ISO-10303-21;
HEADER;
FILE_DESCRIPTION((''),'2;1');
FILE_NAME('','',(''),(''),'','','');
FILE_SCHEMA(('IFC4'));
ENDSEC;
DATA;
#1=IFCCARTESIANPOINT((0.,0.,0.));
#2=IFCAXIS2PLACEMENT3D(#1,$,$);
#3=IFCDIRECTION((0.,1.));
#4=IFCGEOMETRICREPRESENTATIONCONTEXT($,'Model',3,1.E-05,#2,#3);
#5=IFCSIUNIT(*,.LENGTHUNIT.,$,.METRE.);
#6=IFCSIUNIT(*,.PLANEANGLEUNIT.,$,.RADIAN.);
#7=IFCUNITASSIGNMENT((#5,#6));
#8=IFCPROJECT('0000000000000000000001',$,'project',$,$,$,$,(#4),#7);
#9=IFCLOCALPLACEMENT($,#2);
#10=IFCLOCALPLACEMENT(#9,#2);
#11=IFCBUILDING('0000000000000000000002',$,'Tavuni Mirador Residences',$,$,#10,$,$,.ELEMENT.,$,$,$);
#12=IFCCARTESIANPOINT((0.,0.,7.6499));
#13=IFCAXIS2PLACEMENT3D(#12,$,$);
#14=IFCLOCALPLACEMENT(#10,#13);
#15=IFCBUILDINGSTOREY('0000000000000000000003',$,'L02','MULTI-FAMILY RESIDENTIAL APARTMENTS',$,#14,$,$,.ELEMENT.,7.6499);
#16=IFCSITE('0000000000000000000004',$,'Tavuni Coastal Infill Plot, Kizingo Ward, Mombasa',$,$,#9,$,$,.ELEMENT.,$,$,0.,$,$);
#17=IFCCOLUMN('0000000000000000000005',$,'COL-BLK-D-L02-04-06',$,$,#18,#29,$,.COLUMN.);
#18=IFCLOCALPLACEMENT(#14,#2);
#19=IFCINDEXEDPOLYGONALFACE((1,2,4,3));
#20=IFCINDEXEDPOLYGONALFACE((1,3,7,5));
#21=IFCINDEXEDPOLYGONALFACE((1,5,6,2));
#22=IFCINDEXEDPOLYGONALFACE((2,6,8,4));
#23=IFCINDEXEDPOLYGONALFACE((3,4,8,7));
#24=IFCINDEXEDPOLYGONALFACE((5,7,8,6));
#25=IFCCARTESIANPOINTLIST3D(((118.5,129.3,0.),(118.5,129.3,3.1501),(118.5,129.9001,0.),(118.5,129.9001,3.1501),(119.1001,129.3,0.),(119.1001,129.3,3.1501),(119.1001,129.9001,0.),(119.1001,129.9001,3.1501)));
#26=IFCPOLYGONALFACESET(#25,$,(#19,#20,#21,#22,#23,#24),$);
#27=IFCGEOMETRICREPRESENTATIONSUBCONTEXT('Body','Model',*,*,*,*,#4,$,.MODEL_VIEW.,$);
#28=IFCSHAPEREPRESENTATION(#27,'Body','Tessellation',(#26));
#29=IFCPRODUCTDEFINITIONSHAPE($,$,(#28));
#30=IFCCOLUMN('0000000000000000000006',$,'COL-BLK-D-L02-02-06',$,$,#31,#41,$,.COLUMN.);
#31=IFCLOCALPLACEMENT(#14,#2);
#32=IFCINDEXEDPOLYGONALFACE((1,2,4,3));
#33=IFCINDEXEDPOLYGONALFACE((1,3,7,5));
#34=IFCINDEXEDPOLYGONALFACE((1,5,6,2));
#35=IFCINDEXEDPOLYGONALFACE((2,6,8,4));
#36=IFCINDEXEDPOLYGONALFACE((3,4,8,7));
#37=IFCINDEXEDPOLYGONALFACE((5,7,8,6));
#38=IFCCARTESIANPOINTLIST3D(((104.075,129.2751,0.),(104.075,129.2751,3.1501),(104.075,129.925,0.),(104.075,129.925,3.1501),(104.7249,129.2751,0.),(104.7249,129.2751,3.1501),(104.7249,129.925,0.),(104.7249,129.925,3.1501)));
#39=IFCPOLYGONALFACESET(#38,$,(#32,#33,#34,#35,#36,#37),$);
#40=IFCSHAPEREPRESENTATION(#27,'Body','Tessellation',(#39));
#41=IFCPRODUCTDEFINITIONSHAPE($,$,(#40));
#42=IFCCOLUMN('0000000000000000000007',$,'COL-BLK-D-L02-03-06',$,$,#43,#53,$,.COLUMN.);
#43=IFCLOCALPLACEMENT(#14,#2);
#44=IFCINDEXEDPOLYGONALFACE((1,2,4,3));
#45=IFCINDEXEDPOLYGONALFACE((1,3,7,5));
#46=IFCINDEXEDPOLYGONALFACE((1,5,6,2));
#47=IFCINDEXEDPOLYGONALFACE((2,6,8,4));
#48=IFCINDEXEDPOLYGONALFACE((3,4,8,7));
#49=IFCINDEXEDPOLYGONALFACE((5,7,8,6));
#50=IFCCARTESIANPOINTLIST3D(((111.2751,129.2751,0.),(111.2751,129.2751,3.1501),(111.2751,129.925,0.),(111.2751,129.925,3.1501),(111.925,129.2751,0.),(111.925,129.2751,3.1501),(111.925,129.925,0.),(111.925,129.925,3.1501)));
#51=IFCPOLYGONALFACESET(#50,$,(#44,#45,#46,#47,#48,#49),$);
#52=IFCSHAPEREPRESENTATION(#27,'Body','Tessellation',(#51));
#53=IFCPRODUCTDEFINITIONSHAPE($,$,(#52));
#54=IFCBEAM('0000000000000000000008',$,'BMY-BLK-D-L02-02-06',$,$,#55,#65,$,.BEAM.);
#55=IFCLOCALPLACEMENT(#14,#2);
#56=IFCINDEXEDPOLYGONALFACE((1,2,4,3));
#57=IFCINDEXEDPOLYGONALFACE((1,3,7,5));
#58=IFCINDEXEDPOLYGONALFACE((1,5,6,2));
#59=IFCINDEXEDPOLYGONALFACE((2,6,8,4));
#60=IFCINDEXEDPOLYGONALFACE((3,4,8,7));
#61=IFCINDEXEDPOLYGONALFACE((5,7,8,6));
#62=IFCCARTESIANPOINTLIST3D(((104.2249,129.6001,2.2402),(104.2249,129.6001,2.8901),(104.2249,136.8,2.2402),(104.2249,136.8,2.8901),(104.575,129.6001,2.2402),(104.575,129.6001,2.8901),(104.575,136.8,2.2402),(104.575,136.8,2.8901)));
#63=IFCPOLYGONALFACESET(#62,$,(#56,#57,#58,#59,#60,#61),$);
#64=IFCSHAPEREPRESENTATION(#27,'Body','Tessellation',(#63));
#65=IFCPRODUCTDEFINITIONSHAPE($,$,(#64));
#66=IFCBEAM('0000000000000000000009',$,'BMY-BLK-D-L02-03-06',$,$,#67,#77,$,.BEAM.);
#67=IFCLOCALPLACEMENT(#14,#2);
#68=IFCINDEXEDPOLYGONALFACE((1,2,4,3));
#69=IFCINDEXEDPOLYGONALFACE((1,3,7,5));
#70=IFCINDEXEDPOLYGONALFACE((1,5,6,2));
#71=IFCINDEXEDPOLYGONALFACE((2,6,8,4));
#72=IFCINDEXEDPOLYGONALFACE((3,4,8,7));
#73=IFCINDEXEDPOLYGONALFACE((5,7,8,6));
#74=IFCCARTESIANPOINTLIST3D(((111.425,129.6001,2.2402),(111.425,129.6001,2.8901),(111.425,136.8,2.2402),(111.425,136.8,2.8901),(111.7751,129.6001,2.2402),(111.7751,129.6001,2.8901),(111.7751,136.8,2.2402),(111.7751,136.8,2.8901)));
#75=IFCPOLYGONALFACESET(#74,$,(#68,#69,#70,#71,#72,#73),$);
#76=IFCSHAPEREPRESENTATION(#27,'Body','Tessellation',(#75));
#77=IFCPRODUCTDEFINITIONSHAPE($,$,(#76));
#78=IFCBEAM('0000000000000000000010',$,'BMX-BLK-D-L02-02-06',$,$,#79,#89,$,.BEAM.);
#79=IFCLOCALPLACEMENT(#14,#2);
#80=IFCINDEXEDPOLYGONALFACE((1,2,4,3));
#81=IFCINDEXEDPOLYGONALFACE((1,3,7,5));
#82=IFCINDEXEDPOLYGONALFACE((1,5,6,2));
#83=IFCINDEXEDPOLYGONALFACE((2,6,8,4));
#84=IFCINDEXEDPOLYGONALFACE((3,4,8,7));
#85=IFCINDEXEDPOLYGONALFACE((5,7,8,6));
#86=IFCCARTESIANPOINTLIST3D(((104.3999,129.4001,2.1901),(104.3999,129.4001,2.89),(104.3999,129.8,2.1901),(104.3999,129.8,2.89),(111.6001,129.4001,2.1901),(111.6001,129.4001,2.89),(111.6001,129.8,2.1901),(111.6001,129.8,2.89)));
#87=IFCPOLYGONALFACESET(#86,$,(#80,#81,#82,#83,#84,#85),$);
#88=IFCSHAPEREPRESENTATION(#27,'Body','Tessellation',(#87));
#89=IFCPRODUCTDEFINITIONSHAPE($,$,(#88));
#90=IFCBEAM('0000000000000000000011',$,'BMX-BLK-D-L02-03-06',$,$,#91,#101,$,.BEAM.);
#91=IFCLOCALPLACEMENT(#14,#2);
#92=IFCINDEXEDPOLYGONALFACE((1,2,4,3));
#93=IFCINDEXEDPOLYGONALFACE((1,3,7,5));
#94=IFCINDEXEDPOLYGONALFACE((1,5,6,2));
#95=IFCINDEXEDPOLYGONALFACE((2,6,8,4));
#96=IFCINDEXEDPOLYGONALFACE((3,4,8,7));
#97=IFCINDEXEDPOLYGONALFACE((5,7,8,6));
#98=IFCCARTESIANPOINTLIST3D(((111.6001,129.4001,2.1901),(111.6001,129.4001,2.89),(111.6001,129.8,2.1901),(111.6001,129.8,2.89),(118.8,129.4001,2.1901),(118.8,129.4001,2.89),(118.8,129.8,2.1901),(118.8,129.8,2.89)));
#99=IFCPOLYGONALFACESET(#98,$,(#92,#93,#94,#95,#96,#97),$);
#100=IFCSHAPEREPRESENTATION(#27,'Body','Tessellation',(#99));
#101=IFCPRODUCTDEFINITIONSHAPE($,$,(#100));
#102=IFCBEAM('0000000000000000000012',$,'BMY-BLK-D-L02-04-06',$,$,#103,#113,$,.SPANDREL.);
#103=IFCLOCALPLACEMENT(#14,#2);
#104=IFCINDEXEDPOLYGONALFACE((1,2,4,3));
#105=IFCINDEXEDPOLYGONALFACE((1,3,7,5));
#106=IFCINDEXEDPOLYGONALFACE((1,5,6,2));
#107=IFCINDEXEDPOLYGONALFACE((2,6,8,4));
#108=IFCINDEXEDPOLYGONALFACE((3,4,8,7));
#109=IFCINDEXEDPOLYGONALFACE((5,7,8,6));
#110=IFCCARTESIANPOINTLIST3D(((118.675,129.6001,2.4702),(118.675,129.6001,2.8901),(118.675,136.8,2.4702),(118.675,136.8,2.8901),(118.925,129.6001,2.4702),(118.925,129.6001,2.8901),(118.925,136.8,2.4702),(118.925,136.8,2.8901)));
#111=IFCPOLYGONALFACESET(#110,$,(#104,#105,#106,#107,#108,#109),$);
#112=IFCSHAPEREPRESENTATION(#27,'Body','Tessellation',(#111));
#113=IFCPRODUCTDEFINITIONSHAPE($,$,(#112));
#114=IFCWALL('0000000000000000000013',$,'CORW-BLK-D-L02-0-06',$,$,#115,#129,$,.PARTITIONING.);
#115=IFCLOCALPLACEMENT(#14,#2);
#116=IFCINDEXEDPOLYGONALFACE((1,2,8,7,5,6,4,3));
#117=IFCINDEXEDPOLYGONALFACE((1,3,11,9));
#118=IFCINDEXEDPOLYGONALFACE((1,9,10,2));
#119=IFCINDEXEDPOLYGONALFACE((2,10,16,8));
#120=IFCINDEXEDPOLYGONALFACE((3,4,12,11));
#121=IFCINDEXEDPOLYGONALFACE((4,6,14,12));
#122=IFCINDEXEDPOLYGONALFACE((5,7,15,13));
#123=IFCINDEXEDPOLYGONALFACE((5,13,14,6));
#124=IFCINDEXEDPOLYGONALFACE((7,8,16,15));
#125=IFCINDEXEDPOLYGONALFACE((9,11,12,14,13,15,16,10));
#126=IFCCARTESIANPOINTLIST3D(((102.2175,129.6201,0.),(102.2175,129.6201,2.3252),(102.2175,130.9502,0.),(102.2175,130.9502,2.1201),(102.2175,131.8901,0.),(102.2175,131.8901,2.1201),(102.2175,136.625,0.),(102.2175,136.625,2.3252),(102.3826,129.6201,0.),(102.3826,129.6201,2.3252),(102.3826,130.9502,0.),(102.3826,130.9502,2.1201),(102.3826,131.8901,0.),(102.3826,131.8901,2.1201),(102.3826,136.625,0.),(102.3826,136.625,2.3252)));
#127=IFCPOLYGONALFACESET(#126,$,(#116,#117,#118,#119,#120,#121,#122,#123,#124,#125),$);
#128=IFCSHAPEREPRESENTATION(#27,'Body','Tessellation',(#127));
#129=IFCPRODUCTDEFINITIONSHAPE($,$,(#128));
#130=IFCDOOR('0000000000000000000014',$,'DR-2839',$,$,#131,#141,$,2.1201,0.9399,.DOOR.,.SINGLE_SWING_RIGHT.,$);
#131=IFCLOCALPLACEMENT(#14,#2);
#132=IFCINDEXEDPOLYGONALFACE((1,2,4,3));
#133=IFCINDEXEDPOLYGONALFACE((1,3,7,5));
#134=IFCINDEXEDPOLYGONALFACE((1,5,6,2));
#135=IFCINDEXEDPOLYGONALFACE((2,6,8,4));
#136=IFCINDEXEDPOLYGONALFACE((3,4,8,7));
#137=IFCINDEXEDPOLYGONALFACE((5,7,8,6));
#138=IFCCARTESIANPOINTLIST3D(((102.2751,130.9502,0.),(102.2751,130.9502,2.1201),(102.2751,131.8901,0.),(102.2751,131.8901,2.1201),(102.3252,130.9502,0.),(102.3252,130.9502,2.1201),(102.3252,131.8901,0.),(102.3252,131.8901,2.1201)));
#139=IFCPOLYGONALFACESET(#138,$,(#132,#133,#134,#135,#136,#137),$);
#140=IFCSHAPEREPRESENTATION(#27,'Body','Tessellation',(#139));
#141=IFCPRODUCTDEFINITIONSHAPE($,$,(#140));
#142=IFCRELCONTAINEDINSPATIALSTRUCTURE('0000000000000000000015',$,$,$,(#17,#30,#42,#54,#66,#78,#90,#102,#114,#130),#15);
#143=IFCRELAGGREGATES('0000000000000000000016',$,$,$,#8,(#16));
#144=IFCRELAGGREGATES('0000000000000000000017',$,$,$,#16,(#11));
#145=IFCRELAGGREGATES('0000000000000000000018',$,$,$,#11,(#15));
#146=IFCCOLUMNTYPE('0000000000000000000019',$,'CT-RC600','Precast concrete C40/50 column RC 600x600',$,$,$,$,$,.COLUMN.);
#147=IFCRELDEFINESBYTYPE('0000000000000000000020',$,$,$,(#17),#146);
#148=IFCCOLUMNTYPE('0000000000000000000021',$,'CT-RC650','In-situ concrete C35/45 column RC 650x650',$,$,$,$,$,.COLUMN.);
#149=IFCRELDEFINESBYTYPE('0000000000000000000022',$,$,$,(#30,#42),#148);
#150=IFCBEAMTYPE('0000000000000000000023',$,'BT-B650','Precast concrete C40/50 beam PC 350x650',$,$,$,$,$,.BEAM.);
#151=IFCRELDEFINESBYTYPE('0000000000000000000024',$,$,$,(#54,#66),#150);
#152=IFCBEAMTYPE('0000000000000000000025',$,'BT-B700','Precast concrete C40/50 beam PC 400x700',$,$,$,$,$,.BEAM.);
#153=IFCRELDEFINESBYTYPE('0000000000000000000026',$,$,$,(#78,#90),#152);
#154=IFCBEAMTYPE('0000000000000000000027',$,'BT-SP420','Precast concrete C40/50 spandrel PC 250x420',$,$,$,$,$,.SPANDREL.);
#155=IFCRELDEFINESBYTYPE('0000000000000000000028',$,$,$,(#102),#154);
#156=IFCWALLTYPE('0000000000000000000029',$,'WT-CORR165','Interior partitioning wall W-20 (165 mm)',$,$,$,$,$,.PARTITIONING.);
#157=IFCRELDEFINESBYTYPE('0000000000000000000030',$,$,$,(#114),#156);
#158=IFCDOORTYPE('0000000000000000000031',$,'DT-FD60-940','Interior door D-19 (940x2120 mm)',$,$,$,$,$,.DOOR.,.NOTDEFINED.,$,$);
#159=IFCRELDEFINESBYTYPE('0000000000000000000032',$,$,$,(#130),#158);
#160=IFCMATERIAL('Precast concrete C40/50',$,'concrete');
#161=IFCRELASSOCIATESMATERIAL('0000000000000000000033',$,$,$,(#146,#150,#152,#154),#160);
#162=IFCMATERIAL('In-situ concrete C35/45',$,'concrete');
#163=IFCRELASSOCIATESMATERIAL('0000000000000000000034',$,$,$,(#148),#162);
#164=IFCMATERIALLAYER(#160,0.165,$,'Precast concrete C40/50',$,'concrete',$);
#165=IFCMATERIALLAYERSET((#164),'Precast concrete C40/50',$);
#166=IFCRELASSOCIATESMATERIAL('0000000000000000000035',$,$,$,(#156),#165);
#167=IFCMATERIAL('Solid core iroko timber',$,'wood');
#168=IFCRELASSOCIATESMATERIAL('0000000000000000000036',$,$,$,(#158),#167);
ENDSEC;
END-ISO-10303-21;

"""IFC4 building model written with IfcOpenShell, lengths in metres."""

from ifc_helpers import new_model, si_unit, direction, frame, frame_2d, origin, origin_2d, place, context, subcontext, project, spatial, rectangle, extrude, material, layer, layer_set, material_profile, profile_set, type_object, element, fill, save


model = new_model("IFC4")

# Units and contexts
model_context = context("Model", 3, precision=1e-05, world=origin(), true_north=direction((0.0, 1.0)))
body_context = subcontext(model_context, "Body", "Model", "MODEL_VIEW")
ifc_project = project(units=[si_unit("LENGTHUNIT", "METRE"), si_unit("PLANEANGLEUNIT", "RADIAN")], contexts=[model_context])

# Site, building, storey
site_placement = place(None, origin())
site = spatial("IfcSite", under=ifc_project, at=site_placement, Name="Tavuni Coastal Infill Plot, Kizingo Ward, Mombasa", CompositionType="ELEMENT", RefElevation=0.0)
building_placement = place(site_placement, origin())
building = spatial("IfcBuilding", under=site, at=building_placement, Name="Tavuni Mirador Residences", CompositionType="ELEMENT")
storey_placement = place(building_placement, frame((0.0, 0.0, 7.6499)))
storey = spatial("IfcBuildingStorey", under=building, at=storey_placement, Name="L02", Description="MULTI-FAMILY RESIDENTIAL APARTMENTS", CompositionType="ELEMENT", Elevation=7.6499)

# Columns
ifc_material_1 = material(Name="Precast concrete C40/50", Category="concrete")
ifc_material_profile_1 = material_profile(ifc_material_1, rectangle(XDim=0.6001, YDim=0.6001, at=origin_2d()), Name="RC 600x600", Category="concrete")
ifc_profile_set_1 = profile_set([ifc_material_profile_1], Name="Precast concrete C40/50")
column_type_1 = type_object("IfcColumnType", Name="CT-RC600", Description="Precast concrete C40/50 column RC 600x600", PredefinedType="COLUMN", material=ifc_profile_set_1)
column_placement = place(storey_placement, frame((118.8, 129.6001, 0.0), z_axis=(0.0, 0.0, 1.0), x_axis=(1.0, 0.0, 0.0)))
element("IfcColumn", 1, at=column_placement, inside=storey, type_object=column_type_1, Name="COL-BLK-D-L02-04-06", PredefinedType="COLUMN", context=body_context, shape_type="SweptSolid", body=[
    extrude(rectangle(XDim=0.6001, YDim=0.6001, at=origin_2d()), origin(), (0.0, 0.0, 1.0), 3.1501),
])
ifc_material_2 = material(Name="In-situ concrete C35/45", Category="concrete")
ifc_material_profile_2 = material_profile(ifc_material_2, rectangle(XDim=0.6499, YDim=0.6499, at=origin_2d()), Name="RC 650x650", Category="concrete")
ifc_profile_set_2 = profile_set([ifc_material_profile_2], Name="In-situ concrete C35/45")
column_type_2 = type_object("IfcColumnType", Name="CT-RC650", Description="In-situ concrete C35/45 column RC 650x650", PredefinedType="COLUMN", material=ifc_profile_set_2)
for number, where, z_axis, x_axis, name in (
    (2, (104.3999, 129.6001, 0.0), (0.0, 0.0, 1.0), (1.0, 0.0, 0.0), "COL-BLK-D-L02-02-06"),
    (3, (111.6001, 129.6001, 0.0), (0.0, 0.0, 1.0), (1.0, 0.0, 0.0), "COL-BLK-D-L02-03-06"),
):
    element("IfcColumn", number, at=place(storey_placement, frame(where, z_axis=z_axis, x_axis=x_axis)), inside=storey, type_object=column_type_2, Name=name, PredefinedType="COLUMN", context=body_context, shape_type="SweptSolid", body=[
        extrude(rectangle(XDim=0.6499, YDim=0.6499, at=origin_2d()), origin(), (0.0, 0.0, 1.0), 3.1501),
    ])

# Beams
ifc_material_profile_3 = material_profile(ifc_material_1, rectangle(XDim=0.3501, YDim=0.6499, at=origin_2d()), Name="PC 350x650", Category="concrete")
ifc_profile_set_3 = profile_set([ifc_material_profile_3], Name="Precast concrete C40/50")
beam_type_1 = type_object("IfcBeamType", Name="BT-B650", Description="Precast concrete C40/50 beam PC 350x650", PredefinedType="BEAM", material=ifc_profile_set_3)
for number, where, z_axis, x_axis, name in (
    (4, (104.3999, 129.6001, 2.5652), (0.0, 1.0, 0.0), (-1.0, 0.0, 0.0), "BMY-BLK-D-L02-02-06"),
    (5, (111.6001, 129.6001, 2.5652), (0.0, 1.0, 0.0), (-1.0, 0.0, 0.0), "BMY-BLK-D-L02-03-06"),
):
    element("IfcBeam", number, at=place(storey_placement, frame(where, z_axis=z_axis, x_axis=x_axis)), inside=storey, type_object=beam_type_1, Name=name, PredefinedType="BEAM", context=body_context, shape_type="SweptSolid", body=[
        extrude(rectangle(XDim=0.3501, YDim=0.6499, at=origin_2d()), origin(), (0.0, 0.0, 1.0), 7.2),
    ])
ifc_material_profile_4 = material_profile(ifc_material_1, rectangle(XDim=0.3999, YDim=0.7, at=origin_2d()), Name="PC 400x700", Category="concrete")
ifc_profile_set_4 = profile_set([ifc_material_profile_4], Name="Precast concrete C40/50")
beam_type_2 = type_object("IfcBeamType", Name="BT-B700", Description="Precast concrete C40/50 beam PC 400x700", PredefinedType="BEAM", material=ifc_profile_set_4)
beam_1_placement = place(storey_placement, frame((104.3999, 129.6001, 2.54), z_axis=(1.0, 0.0, 0.0), x_axis=(0.0, 1.0, 0.0)))
element("IfcBeam", 6, at=beam_1_placement, inside=storey, type_object=beam_type_2, Name="BMX-BLK-D-L02-02-06", PredefinedType="BEAM", context=body_context, shape_type="SweptSolid", body=[
    extrude(rectangle(XDim=0.3999, YDim=0.7, at=origin_2d()), origin(), (0.0, 0.0, 1.0), 7.2002),
])
beam_2_placement = place(storey_placement, frame((111.6001, 129.6001, 2.54), z_axis=(1.0, 0.0, 0.0), x_axis=(0.0, 1.0, 0.0)))
element("IfcBeam", 7, at=beam_2_placement, inside=storey, type_object=beam_type_2, Name="BMX-BLK-D-L02-03-06", PredefinedType="BEAM", context=body_context, shape_type="SweptSolid", body=[
    extrude(rectangle(XDim=0.3999, YDim=0.7, at=origin_2d()), origin(), (0.0, 0.0, 1.0), 7.2),
])
ifc_material_profile_5 = material_profile(ifc_material_1, rectangle(XDim=0.25, YDim=0.4199, at=origin_2d()), Name="PC 250x420", Category="concrete")
ifc_profile_set_5 = profile_set([ifc_material_profile_5], Name="Precast concrete C40/50")
beam_type_3 = type_object("IfcBeamType", Name="BT-SP420", Description="Precast concrete C40/50 spandrel PC 250x420", PredefinedType="SPANDREL", material=ifc_profile_set_5)
beam_3_placement = place(storey_placement, frame((118.8, 129.6001, 2.6802), z_axis=(0.0, 1.0, 0.0), x_axis=(-1.0, 0.0, 0.0)))
element("IfcBeam", 8, at=beam_3_placement, inside=storey, type_object=beam_type_3, Name="BMY-BLK-D-L02-04-06", PredefinedType="SPANDREL", context=body_context, shape_type="SweptSolid", body=[
    extrude(rectangle(XDim=0.25, YDim=0.4199, at=origin_2d()), origin(), (0.0, 0.0, 1.0), 7.2),
])

# Wall, opening, door
ifc_layer_1 = layer(ifc_material_1, 0.165, Name="Precast concrete C40/50", Category="concrete")
ifc_layer_set_1 = layer_set([ifc_layer_1], Name="Precast concrete C40/50")
wall_type_1 = type_object("IfcWallType", Name="WT-CORR165", Description="Interior partitioning wall W-20 (165 mm)", PredefinedType="PARTITIONING", material=ifc_layer_set_1)
wall_1_placement = place(storey_placement, frame((102.3, 129.6201, 0.0), z_axis=(0.0, 0.0, 1.0), x_axis=(0.0, 1.0, 0.0)))
wall_1 = element("IfcWall", 9, at=wall_1_placement, inside=storey, type_object=wall_type_1, Name="CORW-BLK-D-L02-0-06", PredefinedType="PARTITIONING", context=body_context, shape_type="SweptSolid", body=[
    extrude(rectangle(XDim=7.0049, YDim=0.165, at=frame_2d((3.5024, 0.0))), origin(), (0.0, 0.0, 1.0), 2.3252),
])
opening_1_placement = place(wall_1_placement, frame((1.3301, 0.0, 0.0)))
opening_1 = element("IfcOpeningElement", 10, at=opening_1_placement, cuts=wall_1, PredefinedType="OPENING", context=body_context, shape_type="SweptSolid", body=[
    extrude(rectangle(XDim=0.9399, YDim=2.1201, at=frame_2d((0.47, 1.0601))), frame((0.0, 0.0925, 0.0), z_axis=(0.0, -1.0, 0.0), x_axis=(1.0, 0.0, 0.0)), (0.0, 0.0, 1.0), 0.1851),
])
ifc_material_3 = material(Name="Solid core iroko timber", Category="wood")
door_type_1 = type_object("IfcDoorType", Name="DT-FD60-940", Description="Interior door D-19 (940x2120 mm)", OperationType="NOTDEFINED", PredefinedType="DOOR", material=ifc_material_3)
door_1_placement = place(opening_1_placement, origin())
door_1 = element("IfcDoor", 11, at=door_1_placement, inside=storey, type_object=door_type_1, Name="DR-2839", OperationType="SINGLE_SWING_RIGHT", OverallHeight=2.1201, OverallWidth=0.9399, PredefinedType="DOOR", context=body_context, shape_type="SweptSolid", body=[
    extrude(rectangle(XDim=0.9399, YDim=2.1201, at=frame_2d((0.47, 1.0601))), frame((0.0, 0.0249, 0.0), z_axis=(0.0, -1.0, 0.0), x_axis=(1.0, 0.0, 0.0)), (0.0, 0.0, 1.0), 0.05),
])
fill(opening_1, door_1)

save(model, "model.ifc")
